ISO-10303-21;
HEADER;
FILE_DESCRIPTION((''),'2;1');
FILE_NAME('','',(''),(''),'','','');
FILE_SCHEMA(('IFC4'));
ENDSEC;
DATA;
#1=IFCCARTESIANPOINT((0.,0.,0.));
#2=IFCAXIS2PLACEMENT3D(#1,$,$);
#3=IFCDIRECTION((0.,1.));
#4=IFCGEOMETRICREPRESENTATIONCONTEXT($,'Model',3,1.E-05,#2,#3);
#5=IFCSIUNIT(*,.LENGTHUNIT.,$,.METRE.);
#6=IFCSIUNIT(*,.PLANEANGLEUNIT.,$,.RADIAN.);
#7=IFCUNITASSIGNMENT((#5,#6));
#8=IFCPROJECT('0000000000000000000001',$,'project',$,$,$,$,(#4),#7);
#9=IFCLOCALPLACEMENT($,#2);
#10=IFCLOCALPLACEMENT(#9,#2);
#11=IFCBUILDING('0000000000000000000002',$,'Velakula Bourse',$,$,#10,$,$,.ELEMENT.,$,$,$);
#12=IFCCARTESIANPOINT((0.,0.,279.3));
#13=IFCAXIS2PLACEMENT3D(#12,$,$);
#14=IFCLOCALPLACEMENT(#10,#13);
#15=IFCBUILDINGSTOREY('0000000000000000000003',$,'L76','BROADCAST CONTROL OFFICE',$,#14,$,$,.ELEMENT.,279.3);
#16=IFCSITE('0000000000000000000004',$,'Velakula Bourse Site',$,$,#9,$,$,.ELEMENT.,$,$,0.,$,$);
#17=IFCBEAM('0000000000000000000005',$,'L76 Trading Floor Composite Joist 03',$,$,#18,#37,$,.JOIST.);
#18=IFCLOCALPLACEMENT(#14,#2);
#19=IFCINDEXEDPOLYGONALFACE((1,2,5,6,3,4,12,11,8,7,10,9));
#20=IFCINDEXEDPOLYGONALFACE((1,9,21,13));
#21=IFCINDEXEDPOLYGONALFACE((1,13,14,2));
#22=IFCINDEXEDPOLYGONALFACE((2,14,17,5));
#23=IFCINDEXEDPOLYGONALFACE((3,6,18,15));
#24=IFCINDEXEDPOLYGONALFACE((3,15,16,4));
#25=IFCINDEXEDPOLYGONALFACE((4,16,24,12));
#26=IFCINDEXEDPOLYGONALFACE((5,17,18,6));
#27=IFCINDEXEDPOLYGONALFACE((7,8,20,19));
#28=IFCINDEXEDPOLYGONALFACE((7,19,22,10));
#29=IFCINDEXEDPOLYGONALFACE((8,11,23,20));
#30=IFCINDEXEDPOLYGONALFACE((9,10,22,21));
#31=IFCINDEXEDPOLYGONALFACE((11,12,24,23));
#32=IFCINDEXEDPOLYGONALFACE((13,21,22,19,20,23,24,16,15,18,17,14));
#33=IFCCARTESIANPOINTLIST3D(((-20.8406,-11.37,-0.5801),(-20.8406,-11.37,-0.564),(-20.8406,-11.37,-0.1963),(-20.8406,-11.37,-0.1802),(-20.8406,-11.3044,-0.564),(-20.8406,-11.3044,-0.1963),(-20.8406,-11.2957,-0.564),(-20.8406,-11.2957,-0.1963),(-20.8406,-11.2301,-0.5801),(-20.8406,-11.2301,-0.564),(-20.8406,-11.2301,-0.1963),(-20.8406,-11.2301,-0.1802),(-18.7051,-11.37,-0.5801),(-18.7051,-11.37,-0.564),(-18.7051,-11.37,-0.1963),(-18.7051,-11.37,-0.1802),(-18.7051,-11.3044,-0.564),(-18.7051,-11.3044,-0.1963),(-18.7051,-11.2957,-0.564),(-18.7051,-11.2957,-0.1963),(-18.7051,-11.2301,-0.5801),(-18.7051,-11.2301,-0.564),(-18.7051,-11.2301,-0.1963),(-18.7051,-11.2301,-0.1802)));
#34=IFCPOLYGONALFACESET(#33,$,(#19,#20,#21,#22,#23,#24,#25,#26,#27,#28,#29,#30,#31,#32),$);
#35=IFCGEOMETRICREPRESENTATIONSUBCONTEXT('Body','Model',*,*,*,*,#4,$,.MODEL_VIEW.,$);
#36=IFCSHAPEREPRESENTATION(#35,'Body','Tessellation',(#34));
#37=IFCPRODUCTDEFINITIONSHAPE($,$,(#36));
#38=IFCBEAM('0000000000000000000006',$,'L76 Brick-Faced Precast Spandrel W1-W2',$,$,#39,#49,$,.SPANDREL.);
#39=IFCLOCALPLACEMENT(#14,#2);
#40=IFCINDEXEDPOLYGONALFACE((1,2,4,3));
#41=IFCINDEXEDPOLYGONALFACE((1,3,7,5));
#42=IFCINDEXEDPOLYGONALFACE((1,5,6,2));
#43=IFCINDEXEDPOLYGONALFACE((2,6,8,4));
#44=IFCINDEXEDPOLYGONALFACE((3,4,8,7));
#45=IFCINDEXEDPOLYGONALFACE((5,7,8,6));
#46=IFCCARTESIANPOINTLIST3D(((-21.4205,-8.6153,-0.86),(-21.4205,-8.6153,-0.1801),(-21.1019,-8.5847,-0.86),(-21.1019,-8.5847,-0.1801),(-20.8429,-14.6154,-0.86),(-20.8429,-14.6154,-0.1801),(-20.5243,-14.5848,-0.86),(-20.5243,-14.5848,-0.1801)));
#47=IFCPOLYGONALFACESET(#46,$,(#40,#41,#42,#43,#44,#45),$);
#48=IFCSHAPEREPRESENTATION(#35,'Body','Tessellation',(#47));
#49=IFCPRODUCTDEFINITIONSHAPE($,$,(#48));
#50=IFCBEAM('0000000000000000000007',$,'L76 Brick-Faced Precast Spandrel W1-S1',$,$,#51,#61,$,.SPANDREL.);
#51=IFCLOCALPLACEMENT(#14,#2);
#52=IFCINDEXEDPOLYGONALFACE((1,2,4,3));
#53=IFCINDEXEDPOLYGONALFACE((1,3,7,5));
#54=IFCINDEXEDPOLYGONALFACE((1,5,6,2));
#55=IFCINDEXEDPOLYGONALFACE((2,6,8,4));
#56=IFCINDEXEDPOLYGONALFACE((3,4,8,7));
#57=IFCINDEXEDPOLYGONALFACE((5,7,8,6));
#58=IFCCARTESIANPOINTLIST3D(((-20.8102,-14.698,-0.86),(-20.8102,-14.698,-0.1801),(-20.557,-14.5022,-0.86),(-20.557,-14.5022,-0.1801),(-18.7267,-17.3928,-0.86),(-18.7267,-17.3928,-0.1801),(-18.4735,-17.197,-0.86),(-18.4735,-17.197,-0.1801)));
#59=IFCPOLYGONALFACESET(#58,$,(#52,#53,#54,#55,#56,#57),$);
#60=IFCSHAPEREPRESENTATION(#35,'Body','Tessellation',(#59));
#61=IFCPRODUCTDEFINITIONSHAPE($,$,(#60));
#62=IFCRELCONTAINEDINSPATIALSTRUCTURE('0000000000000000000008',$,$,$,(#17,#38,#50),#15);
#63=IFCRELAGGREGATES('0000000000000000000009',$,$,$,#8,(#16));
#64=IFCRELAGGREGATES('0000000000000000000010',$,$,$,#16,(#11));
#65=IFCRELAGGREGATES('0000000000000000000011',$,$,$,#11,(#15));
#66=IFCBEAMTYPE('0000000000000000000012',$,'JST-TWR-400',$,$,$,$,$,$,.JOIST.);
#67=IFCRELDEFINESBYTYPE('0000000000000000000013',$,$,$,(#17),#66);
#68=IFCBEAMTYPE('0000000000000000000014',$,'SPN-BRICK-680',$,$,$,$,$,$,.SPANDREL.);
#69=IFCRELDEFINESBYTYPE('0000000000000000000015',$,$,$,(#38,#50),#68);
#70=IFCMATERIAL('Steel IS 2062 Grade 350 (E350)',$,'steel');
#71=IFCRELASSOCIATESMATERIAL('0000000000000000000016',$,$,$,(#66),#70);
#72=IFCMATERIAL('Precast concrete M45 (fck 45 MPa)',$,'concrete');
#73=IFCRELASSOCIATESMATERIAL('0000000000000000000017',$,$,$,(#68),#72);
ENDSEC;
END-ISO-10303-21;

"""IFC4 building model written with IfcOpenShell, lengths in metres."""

from ifc_helpers import new_model, si_unit, direction, frame, origin, origin_2d, place, context, subcontext, project, spatial, rectangle, i_section, extrude, material, material_profile, profile_set, type_object, element, save


model = new_model("IFC4")

# Units and contexts
model_context = context("Model", 3, precision=1e-05, world=origin(), true_north=direction((0.0, 1.0)))
body_context = subcontext(model_context, "Body", "Model", "MODEL_VIEW")
ifc_project = project(units=[si_unit("LENGTHUNIT", "METRE"), si_unit("PLANEANGLEUNIT", "RADIAN")], contexts=[model_context])

# Site, building, storey
site_placement = place(None, origin())
site = spatial("IfcSite", under=ifc_project, at=site_placement, Name="Velakula Bourse Site", CompositionType="ELEMENT", RefElevation=0.0)
building_placement = place(site_placement, origin())
building = spatial("IfcBuilding", under=site, at=building_placement, Name="Velakula Bourse", CompositionType="ELEMENT")
storey_placement = place(building_placement, frame((0.0, 0.0, 279.3)))
storey = spatial("IfcBuildingStorey", under=building, at=storey_placement, Name="L76", Description="BROADCAST CONTROL OFFICE", CompositionType="ELEMENT", Elevation=279.3)

# Shared definitions
ifc_material_1 = material(Name="Steel IS 2062 Grade 350 (E350)", Category="steel")

# Beams
ifc_material_profile_1 = material_profile(ifc_material_1, i_section(OverallWidth=0.1399, OverallDepth=0.3999, WebThickness=0.0088, FlangeThickness=0.0161, at=origin_2d()), Name="Steel IS 2062 Grade 350 (E350)")
ifc_profile_set_1 = profile_set([ifc_material_profile_1], Name="Steel IS 2062 Grade 350 (E350)")
beam_type_1 = type_object("IfcBeamType", Name="JST-TWR-400", PredefinedType="JOIST", material=ifc_profile_set_1)
beam_1_placement = place(storey_placement, frame((-20.8406, -11.3, -0.3801), z_axis=(1.0, 0.0, 0.0), x_axis=(0.0, 1.0, 0.0)))
element("IfcBeam", 1, at=beam_1_placement, inside=storey, type_object=beam_type_1, Name="L76 Trading Floor Composite Joist 03", PredefinedType="JOIST", context=body_context, shape_type="SweptSolid", body=[
    extrude(i_section(OverallWidth=0.1399, OverallDepth=0.3999, WebThickness=0.0088, FlangeThickness=0.0161, at=origin_2d()), origin(), (0.0, 0.0, 1.0), 2.1355),
])
ifc_material_2 = material(Name="Precast concrete M45 (fck 45 MPa)", Category="concrete")
ifc_material_profile_2 = material_profile(ifc_material_2, rectangle(XDim=0.3201, YDim=0.6799, at=origin_2d()), Name="Precast concrete M45 (fck 45 MPa)")
ifc_profile_set_2 = profile_set([ifc_material_profile_2], Name="Precast concrete M45 (fck 45 MPa)")
beam_type_2 = type_object("IfcBeamType", Name="SPN-BRICK-680", PredefinedType="SPANDREL", material=ifc_profile_set_2)
beam_2_placement = place(storey_placement, frame((-20.6836, -14.6001, -0.52), z_axis=(-0.09583, 0.995398, 0.0), x_axis=(-0.995398, -0.09583, 0.0)))
element("IfcBeam", 2, at=beam_2_placement, inside=storey, type_object=beam_type_2, Name="L76 Brick-Faced Precast Spandrel W1-W2", PredefinedType="SPANDREL", context=body_context, shape_type="SweptSolid", body=[
    extrude(rectangle(XDim=0.3201, YDim=0.6799, at=origin_2d()), origin(), (0.0, 0.0, 1.0), 6.0278),
])
beam_3_placement = place(storey_placement, frame((-20.6836, -14.6001, -0.52), z_axis=(0.611656, -0.791124, 0.0), x_axis=(0.791124, 0.611656, 0.0)))
element("IfcBeam", 3, at=beam_3_placement, inside=storey, type_object=beam_type_2, Name="L76 Brick-Faced Precast Spandrel W1-S1", PredefinedType="SPANDREL", context=body_context, shape_type="SweptSolid", body=[
    extrude(rectangle(XDim=0.3201, YDim=0.6799, at=origin_2d()), origin(), (0.0, 0.0, 1.0), 3.4062),
])

save(model, "model.ifc")
